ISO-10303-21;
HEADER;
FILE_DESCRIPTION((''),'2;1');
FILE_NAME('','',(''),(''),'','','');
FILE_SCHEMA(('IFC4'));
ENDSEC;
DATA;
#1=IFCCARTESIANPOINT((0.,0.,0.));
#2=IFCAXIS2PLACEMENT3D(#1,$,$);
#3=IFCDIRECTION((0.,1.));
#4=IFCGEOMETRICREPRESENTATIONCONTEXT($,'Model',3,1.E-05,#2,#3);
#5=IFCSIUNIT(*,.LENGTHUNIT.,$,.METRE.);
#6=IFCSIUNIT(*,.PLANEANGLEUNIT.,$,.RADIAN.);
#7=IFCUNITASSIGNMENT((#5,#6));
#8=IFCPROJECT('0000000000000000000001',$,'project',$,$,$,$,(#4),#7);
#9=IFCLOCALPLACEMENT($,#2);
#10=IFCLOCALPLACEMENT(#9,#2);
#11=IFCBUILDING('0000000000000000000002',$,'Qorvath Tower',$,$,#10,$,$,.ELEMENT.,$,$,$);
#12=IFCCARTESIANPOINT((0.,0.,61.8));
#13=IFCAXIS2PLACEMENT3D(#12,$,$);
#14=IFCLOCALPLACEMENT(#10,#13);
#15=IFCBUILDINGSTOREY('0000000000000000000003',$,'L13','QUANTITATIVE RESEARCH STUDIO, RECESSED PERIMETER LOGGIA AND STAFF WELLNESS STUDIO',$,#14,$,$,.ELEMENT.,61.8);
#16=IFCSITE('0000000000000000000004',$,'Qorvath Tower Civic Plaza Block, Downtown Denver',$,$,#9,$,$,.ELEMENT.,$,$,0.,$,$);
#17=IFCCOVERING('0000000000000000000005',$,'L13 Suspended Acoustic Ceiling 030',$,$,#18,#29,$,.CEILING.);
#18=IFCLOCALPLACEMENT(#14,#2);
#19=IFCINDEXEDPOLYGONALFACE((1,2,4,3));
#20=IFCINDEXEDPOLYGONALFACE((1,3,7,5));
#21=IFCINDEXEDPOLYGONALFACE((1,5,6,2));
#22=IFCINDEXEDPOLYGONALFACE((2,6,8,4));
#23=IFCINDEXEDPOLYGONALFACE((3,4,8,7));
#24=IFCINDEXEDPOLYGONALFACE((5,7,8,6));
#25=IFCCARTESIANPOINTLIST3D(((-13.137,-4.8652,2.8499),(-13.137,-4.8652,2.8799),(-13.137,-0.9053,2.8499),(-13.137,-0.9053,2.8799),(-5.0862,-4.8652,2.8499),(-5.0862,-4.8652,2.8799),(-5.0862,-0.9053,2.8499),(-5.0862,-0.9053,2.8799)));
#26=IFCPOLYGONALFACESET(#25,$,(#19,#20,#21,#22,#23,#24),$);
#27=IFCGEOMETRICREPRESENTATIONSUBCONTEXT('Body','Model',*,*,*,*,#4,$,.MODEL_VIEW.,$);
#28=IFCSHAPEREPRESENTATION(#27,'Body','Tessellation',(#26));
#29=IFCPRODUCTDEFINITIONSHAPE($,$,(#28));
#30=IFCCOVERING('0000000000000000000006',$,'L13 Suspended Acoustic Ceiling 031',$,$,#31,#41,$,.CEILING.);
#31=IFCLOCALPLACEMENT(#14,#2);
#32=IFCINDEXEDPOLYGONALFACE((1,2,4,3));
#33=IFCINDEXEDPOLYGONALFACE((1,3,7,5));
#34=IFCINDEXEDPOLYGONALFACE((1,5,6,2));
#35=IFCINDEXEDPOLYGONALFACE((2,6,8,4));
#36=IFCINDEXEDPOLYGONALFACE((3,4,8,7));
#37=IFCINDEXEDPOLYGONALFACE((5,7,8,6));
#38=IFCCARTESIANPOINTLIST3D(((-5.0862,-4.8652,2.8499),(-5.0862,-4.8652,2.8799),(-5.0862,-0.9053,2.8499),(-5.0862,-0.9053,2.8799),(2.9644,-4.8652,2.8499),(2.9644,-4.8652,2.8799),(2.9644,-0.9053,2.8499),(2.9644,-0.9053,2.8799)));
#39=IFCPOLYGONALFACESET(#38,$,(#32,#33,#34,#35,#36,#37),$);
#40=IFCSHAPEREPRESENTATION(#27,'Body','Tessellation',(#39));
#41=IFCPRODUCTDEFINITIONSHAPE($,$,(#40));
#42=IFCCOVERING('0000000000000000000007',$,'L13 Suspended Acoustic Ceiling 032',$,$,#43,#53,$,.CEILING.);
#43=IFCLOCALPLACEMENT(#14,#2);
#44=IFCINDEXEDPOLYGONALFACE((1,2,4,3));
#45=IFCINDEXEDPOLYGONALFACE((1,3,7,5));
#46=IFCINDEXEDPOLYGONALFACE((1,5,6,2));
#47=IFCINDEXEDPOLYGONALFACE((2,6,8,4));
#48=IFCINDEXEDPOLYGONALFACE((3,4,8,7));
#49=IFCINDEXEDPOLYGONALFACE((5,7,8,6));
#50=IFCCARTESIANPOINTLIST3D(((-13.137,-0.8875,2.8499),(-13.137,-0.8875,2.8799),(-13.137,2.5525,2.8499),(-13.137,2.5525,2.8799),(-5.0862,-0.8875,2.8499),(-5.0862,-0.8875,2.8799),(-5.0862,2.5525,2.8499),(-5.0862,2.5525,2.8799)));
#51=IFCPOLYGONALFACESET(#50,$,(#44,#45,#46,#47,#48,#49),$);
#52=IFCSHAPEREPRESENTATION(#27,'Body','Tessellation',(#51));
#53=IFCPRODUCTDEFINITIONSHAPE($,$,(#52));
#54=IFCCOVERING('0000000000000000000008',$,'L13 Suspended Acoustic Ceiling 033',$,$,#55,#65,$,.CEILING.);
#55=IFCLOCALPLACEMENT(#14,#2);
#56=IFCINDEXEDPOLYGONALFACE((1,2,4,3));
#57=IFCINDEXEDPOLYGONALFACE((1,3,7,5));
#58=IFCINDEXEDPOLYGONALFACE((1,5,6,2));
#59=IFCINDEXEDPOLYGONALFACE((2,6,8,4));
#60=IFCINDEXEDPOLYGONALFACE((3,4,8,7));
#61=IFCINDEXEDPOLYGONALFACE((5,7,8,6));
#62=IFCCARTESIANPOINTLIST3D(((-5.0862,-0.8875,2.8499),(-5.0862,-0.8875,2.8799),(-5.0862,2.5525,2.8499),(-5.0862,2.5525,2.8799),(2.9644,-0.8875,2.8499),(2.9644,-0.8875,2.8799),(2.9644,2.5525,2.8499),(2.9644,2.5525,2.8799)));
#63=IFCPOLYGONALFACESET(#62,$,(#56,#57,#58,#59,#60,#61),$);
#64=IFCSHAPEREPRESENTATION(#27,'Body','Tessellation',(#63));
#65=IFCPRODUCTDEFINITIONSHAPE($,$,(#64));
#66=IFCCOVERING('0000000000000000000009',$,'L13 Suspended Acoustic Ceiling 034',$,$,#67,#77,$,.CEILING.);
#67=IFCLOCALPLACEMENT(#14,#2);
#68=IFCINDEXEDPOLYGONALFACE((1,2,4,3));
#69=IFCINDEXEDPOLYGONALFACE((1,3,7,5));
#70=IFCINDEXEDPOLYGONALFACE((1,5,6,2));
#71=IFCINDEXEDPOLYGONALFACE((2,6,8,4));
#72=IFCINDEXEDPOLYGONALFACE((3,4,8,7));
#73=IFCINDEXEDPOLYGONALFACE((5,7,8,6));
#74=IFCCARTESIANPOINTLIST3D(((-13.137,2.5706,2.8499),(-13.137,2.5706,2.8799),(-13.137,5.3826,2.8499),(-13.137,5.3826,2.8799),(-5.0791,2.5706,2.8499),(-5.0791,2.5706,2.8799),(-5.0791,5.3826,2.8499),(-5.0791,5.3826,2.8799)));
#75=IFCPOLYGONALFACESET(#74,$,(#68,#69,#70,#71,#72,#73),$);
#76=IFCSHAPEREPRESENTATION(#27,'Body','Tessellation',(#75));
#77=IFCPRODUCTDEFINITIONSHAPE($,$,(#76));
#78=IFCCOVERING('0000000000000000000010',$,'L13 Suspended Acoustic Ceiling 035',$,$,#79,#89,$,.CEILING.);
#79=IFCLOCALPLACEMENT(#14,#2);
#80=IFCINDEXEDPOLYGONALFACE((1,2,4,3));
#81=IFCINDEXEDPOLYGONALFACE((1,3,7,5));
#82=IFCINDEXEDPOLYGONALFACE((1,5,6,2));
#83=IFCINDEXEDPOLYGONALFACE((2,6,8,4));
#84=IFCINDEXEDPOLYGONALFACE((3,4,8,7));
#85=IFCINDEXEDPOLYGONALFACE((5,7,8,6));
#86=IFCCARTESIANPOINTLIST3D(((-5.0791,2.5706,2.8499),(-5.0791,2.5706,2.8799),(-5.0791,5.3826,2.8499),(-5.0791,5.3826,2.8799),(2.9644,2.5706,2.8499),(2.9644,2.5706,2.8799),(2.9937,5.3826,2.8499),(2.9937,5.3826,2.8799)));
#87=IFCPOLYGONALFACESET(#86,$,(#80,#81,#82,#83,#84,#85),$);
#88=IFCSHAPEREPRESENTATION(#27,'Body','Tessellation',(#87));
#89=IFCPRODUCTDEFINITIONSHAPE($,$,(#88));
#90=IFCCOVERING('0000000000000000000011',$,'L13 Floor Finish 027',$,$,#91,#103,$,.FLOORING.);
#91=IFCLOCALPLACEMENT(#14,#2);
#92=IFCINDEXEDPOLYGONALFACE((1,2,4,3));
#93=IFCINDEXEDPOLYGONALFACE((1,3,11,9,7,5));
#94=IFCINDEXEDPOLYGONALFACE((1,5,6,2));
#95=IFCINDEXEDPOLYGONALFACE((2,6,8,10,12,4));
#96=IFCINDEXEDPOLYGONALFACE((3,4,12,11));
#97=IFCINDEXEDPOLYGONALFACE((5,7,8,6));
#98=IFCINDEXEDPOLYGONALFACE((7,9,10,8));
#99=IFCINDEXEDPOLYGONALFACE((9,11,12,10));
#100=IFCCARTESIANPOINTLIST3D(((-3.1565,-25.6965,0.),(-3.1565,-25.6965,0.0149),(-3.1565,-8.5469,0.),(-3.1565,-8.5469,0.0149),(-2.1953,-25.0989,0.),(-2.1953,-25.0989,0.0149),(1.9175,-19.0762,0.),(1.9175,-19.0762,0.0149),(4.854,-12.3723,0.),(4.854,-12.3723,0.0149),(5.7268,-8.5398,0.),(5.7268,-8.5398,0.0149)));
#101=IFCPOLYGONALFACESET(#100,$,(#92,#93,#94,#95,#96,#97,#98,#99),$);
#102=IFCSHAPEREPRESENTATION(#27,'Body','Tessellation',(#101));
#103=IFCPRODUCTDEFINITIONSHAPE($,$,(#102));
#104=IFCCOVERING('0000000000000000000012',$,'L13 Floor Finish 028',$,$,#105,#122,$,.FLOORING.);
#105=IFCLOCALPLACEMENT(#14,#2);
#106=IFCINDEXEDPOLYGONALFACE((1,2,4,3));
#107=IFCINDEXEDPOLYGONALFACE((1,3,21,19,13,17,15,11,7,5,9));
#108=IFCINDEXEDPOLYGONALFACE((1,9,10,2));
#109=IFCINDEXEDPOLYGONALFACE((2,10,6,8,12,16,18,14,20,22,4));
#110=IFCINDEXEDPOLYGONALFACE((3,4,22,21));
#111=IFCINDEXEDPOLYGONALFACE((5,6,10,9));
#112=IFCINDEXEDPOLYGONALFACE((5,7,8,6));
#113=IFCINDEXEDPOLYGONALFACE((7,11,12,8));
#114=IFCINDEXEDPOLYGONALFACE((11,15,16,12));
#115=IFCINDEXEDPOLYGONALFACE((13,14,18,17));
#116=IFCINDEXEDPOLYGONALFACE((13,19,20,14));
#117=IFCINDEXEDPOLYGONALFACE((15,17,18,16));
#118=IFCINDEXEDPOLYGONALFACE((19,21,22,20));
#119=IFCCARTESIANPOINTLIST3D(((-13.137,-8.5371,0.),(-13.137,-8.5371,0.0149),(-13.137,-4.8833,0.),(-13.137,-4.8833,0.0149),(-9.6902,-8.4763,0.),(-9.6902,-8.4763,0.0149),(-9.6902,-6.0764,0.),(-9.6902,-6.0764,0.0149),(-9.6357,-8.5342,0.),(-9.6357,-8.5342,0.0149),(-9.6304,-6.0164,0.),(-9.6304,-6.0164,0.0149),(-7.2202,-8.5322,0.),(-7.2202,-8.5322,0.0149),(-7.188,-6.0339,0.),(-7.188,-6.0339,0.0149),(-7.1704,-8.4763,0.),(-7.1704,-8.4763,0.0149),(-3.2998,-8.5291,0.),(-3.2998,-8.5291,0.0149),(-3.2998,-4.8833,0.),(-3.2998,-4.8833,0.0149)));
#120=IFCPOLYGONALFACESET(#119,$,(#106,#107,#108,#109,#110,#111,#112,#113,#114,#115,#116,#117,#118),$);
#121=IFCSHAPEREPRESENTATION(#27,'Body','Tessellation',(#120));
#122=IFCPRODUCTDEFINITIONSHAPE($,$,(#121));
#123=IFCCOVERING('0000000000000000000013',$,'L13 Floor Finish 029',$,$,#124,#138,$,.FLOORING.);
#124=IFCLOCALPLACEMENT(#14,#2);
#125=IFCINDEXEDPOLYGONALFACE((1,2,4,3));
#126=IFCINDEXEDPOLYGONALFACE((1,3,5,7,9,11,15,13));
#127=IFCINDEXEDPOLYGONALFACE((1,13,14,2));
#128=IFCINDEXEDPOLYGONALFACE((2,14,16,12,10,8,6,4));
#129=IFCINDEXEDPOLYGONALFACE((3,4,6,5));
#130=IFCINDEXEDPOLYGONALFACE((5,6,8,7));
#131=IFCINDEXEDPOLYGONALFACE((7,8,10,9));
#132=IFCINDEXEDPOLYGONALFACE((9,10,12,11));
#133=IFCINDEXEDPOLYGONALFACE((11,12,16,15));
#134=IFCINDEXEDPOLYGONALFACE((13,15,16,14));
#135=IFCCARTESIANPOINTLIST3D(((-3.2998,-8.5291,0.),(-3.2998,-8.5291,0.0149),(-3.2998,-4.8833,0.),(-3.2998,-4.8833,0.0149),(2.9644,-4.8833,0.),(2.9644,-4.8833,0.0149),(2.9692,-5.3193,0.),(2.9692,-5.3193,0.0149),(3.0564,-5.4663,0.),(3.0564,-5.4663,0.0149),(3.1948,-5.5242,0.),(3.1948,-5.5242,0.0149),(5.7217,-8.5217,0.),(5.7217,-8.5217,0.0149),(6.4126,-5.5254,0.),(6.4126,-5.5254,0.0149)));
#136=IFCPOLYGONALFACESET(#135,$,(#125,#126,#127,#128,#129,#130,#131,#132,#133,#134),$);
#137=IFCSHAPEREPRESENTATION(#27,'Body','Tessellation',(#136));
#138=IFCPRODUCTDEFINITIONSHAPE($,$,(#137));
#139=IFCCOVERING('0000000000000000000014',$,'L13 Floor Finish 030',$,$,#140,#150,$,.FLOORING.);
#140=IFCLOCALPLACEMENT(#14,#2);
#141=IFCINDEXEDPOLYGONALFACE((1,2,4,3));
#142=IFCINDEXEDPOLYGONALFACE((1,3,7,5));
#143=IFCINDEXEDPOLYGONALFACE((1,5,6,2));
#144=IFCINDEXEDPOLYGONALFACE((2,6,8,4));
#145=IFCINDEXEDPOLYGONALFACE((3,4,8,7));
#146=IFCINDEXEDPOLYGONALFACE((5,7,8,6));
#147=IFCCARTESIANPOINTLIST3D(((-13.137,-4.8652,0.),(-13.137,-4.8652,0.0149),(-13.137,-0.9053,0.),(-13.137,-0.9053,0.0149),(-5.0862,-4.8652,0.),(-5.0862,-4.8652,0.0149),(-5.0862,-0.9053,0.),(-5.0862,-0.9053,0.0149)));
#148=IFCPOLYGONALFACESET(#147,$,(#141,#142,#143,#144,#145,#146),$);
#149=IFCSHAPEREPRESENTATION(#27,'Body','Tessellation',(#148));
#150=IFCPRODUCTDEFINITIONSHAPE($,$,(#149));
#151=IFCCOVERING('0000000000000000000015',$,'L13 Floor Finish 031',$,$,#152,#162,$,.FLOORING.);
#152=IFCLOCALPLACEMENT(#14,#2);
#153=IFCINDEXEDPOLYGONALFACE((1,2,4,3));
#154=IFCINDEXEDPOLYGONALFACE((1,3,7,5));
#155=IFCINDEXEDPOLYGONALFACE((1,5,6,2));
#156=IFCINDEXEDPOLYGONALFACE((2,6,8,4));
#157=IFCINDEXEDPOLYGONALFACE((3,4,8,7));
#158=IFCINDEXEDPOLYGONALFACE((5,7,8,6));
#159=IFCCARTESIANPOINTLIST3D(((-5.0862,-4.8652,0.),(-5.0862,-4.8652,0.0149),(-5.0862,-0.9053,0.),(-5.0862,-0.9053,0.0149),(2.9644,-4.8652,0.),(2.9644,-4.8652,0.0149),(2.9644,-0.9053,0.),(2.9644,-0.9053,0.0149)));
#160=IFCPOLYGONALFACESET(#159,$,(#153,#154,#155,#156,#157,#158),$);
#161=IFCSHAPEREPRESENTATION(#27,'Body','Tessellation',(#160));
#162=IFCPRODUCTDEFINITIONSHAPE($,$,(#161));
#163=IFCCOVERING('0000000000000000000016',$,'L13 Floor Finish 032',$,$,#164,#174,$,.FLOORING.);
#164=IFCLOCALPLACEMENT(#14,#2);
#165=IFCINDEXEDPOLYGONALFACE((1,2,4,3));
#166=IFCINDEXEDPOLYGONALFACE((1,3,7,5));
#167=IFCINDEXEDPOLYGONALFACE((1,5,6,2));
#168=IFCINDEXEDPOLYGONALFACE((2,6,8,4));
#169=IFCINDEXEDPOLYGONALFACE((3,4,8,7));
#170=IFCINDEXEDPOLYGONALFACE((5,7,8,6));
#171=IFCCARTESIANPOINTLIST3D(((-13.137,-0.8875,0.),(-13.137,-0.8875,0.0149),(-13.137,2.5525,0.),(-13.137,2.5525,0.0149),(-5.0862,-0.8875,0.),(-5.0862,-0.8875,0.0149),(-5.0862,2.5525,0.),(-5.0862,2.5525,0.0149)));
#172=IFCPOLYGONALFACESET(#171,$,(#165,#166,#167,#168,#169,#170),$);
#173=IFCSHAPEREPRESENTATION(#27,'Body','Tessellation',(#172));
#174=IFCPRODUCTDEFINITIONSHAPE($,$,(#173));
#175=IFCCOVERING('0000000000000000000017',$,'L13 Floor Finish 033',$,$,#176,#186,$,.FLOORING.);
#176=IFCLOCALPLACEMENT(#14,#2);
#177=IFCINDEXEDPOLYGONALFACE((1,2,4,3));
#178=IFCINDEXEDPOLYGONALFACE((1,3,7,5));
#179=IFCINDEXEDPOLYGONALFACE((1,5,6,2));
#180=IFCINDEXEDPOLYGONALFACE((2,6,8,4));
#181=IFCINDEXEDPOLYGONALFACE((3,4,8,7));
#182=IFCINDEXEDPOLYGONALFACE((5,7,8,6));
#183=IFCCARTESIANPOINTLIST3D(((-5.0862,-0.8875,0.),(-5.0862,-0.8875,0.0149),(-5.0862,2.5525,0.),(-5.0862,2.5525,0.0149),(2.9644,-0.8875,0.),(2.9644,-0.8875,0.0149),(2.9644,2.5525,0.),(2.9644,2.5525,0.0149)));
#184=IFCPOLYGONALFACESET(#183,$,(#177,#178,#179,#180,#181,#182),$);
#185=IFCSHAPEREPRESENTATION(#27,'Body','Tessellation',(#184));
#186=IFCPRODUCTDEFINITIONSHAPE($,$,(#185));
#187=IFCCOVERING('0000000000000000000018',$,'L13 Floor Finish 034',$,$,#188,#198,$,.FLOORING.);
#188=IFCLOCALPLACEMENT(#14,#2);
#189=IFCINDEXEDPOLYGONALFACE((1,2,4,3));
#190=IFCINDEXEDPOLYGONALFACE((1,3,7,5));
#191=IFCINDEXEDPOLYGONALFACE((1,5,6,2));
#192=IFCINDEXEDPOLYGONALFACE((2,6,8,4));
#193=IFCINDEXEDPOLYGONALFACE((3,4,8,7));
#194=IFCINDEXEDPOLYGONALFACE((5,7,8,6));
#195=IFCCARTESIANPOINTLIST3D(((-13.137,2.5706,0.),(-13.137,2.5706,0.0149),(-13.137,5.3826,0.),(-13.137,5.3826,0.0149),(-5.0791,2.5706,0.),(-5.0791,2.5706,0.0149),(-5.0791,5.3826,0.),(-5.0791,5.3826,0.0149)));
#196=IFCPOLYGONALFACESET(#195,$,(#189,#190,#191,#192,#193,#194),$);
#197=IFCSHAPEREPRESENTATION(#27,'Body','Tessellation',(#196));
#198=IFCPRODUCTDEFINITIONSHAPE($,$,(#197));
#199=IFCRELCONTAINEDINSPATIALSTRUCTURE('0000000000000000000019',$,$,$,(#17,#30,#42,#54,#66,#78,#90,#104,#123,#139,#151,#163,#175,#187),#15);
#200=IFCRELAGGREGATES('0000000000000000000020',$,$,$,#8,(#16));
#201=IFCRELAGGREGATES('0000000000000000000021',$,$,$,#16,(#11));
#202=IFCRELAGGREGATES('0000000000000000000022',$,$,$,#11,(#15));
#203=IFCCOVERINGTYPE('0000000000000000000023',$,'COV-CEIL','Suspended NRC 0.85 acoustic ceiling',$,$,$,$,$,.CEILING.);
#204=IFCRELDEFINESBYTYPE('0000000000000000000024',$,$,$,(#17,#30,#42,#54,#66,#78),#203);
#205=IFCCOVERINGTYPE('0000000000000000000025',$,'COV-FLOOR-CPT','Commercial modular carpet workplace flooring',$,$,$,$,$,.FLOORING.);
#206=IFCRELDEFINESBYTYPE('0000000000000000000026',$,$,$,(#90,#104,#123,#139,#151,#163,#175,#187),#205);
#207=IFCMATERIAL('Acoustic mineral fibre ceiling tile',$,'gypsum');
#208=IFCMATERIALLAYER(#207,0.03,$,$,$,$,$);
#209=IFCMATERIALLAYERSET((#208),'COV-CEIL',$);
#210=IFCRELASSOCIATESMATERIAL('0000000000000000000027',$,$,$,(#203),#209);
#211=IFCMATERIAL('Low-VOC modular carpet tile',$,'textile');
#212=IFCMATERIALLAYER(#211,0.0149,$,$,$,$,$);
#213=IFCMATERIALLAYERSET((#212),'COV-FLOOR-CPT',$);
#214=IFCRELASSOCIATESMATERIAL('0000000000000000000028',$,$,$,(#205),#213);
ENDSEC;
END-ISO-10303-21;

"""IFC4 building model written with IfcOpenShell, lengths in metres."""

from ifc_helpers import new_model, si_unit, direction, frame, origin, place, context, subcontext, project, spatial, polyline, outline, extrude, material, layer, layer_set, type_object, element, save


model = new_model("IFC4")

# Units and contexts
model_context = context("Model", 3, precision=1e-05, world=origin(), true_north=direction((0.0, 1.0)))
body_context = subcontext(model_context, "Body", "Model", "MODEL_VIEW")
ifc_project = project(units=[si_unit("LENGTHUNIT", "METRE"), si_unit("PLANEANGLEUNIT", "RADIAN")], contexts=[model_context])

# Site, building, storey
site_placement = place(None, origin())
site = spatial("IfcSite", under=ifc_project, at=site_placement, Name="Qorvath Tower Civic Plaza Block, Downtown Denver", CompositionType="ELEMENT", RefElevation=0.0)
building_placement = place(site_placement, origin())
building = spatial("IfcBuilding", under=site, at=building_placement, Name="Qorvath Tower", CompositionType="ELEMENT")
storey_placement = place(building_placement, frame((0.0, 0.0, 61.8)))
storey = spatial("IfcBuildingStorey", under=building, at=storey_placement, Name="L13", Description="QUANTITATIVE RESEARCH STUDIO, RECESSED PERIMETER LOGGIA AND STAFF WELLNESS STUDIO", CompositionType="ELEMENT", Elevation=61.8)

# Coverings
ifc_material_1 = material(Name="Acoustic mineral fibre ceiling tile", Category="gypsum")
ifc_layer_1 = layer(ifc_material_1, 0.03)
ifc_layer_set_1 = layer_set([ifc_layer_1], Name="COV-CEIL")
covering_type_1 = type_object("IfcCoveringType", Name="COV-CEIL", Description="Suspended NRC 0.85 acoustic ceiling", PredefinedType="CEILING", material=ifc_layer_set_1)
covering_1_placement = place(storey_placement, frame((0.0, 0.0, 2.8499)))
element("IfcCovering", 1, at=covering_1_placement, inside=storey, type_object=covering_type_1, Name="L13 Suspended Acoustic Ceiling 030", PredefinedType="CEILING", context=body_context, shape_type="SweptSolid", body=[
    extrude(outline(polyline([(-13.137, -4.8652), (-5.0862, -4.8652), (-5.0862, -0.9053), (-13.137, -0.9053), (-13.137, -4.8652)])), origin(), (0.0, 0.0, 1.0), 0.03),
])
covering_2_placement = place(storey_placement, frame((0.0, 0.0, 2.8499)))
element("IfcCovering", 2, at=covering_2_placement, inside=storey, type_object=covering_type_1, Name="L13 Suspended Acoustic Ceiling 031", PredefinedType="CEILING", context=body_context, shape_type="SweptSolid", body=[
    extrude(outline(polyline([(-5.0862, -0.9053), (-5.0862, -4.8652), (2.9644, -4.8652), (2.9644, -0.9053), (-5.0862, -0.9053)])), origin(), (0.0, 0.0, 1.0), 0.03),
])
covering_3_placement = place(storey_placement, frame((0.0, 0.0, 2.8499)))
element("IfcCovering", 3, at=covering_3_placement, inside=storey, type_object=covering_type_1, Name="L13 Suspended Acoustic Ceiling 032", PredefinedType="CEILING", context=body_context, shape_type="SweptSolid", body=[
    extrude(outline(polyline([(-13.137, -0.8875), (-5.0862, -0.8875), (-5.0862, 2.5525), (-13.137, 2.5525), (-13.137, -0.8875)])), origin(), (0.0, 0.0, 1.0), 0.03),
])
covering_4_placement = place(storey_placement, frame((0.0, 0.0, 2.8499)))
element("IfcCovering", 4, at=covering_4_placement, inside=storey, type_object=covering_type_1, Name="L13 Suspended Acoustic Ceiling 033", PredefinedType="CEILING", context=body_context, shape_type="SweptSolid", body=[
    extrude(outline(polyline([(-5.0862, 2.5525), (-5.0862, -0.8875), (2.9644, -0.8875), (2.9644, 2.5525), (-5.0862, 2.5525)])), origin(), (0.0, 0.0, 1.0), 0.03),
])
covering_5_placement = place(storey_placement, frame((0.0, 0.0, 2.8499)))
element("IfcCovering", 5, at=covering_5_placement, inside=storey, type_object=covering_type_1, Name="L13 Suspended Acoustic Ceiling 034", PredefinedType="CEILING", context=body_context, shape_type="SweptSolid", body=[
    extrude(outline(polyline([(-13.137, 2.5706), (-5.0791, 2.5706), (-5.0791, 5.3826), (-13.137, 5.3826), (-13.137, 2.5706)])), origin(), (0.0, 0.0, 1.0), 0.03),
])
covering_6_placement = place(storey_placement, frame((0.0, 0.0, 2.8499)))
element("IfcCovering", 6, at=covering_6_placement, inside=storey, type_object=covering_type_1, Name="L13 Suspended Acoustic Ceiling 035", PredefinedType="CEILING", context=body_context, shape_type="SweptSolid", body=[
    extrude(outline(polyline([(-5.0791, 5.3826), (-5.0791, 2.5706), (2.9644, 2.5706), (2.9937, 5.3826), (-5.0791, 5.3826)])), origin(), (0.0, 0.0, 1.0), 0.03),
])
ifc_material_2 = material(Name="Low-VOC modular carpet tile", Category="textile")
ifc_layer_2 = layer(ifc_material_2, 0.0149)
ifc_layer_set_2 = layer_set([ifc_layer_2], Name="COV-FLOOR-CPT")
covering_type_2 = type_object("IfcCoveringType", Name="COV-FLOOR-CPT", Description="Commercial modular carpet workplace flooring", PredefinedType="FLOORING", material=ifc_layer_set_2)
covering_7_placement = place(storey_placement, origin())
element("IfcCovering", 7, at=covering_7_placement, inside=storey, type_object=covering_type_2, Name="L13 Floor Finish 027", PredefinedType="FLOORING", context=body_context, shape_type="SweptSolid", body=[
    extrude(outline(polyline([(-3.1565, -8.5469), (-3.1565, -25.6965), (-2.1953, -25.0989), (1.9175, -19.0762), (4.854, -12.3723), (5.7268, -8.5398), (-3.1565, -8.5469)])), origin(), (0.0, 0.0, 1.0), 0.0149),
])
covering_8_placement = place(storey_placement, origin())
element("IfcCovering", 8, at=covering_8_placement, inside=storey, type_object=covering_type_2, Name="L13 Floor Finish 028", PredefinedType="FLOORING", context=body_context, shape_type="SweptSolid", body=[
    extrude(outline(polyline([(-3.2998, -8.5291), (-3.2998, -4.8833), (-13.137, -4.8833), (-13.137, -8.5371), (-9.6357, -8.5342), (-9.6902, -8.4763), (-9.6902, -6.0764), (-9.6304, -6.0164), (-7.188, -6.0339), (-7.1704, -8.4763), (-7.2202, -8.5322), (-3.2998, -8.5291)])), origin(), (0.0, 0.0, 1.0), 0.0149),
])
covering_9_placement = place(storey_placement, origin())
element("IfcCovering", 9, at=covering_9_placement, inside=storey, type_object=covering_type_2, Name="L13 Floor Finish 029", PredefinedType="FLOORING", context=body_context, shape_type="SweptSolid", body=[
    extrude(outline(polyline([(3.0564, -5.4663), (2.9692, -5.3193), (2.9644, -4.8833), (-3.2998, -4.8833), (-3.2998, -8.5291), (5.7217, -8.5217), (6.4126, -5.5254), (3.1948, -5.5242), (3.0564, -5.4663)])), origin(), (0.0, 0.0, 1.0), 0.0149),
])
covering_10_placement = place(storey_placement, origin())
element("IfcCovering", 10, at=covering_10_placement, inside=storey, type_object=covering_type_2, Name="L13 Floor Finish 030", PredefinedType="FLOORING", context=body_context, shape_type="SweptSolid", body=[
    extrude(outline(polyline([(-13.137, -4.8652), (-5.0862, -4.8652), (-5.0862, -0.9053), (-13.137, -0.9053), (-13.137, -4.8652)])), origin(), (0.0, 0.0, 1.0), 0.0149),
])
covering_11_placement = place(storey_placement, origin())
element("IfcCovering", 11, at=covering_11_placement, inside=storey, type_object=covering_type_2, Name="L13 Floor Finish 031", PredefinedType="FLOORING", context=body_context, shape_type="SweptSolid", body=[
    extrude(outline(polyline([(-5.0862, -0.9053), (-5.0862, -4.8652), (2.9644, -4.8652), (2.9644, -0.9053), (-5.0862, -0.9053)])), origin(), (0.0, 0.0, 1.0), 0.0149),
])
covering_12_placement = place(storey_placement, origin())
element("IfcCovering", 12, at=covering_12_placement, inside=storey, type_object=covering_type_2, Name="L13 Floor Finish 032", PredefinedType="FLOORING", context=body_context, shape_type="SweptSolid", body=[
    extrude(outline(polyline([(-13.137, -0.8875), (-5.0862, -0.8875), (-5.0862, 2.5525), (-13.137, 2.5525), (-13.137, -0.8875)])), origin(), (0.0, 0.0, 1.0), 0.0149),
])
covering_13_placement = place(storey_placement, origin())
element("IfcCovering", 13, at=covering_13_placement, inside=storey, type_object=covering_type_2, Name="L13 Floor Finish 033", PredefinedType="FLOORING", context=body_context, shape_type="SweptSolid", body=[
    extrude(outline(polyline([(-5.0862, 2.5525), (-5.0862, -0.8875), (2.9644, -0.8875), (2.9644, 2.5525), (-5.0862, 2.5525)])), origin(), (0.0, 0.0, 1.0), 0.0149),
])
covering_14_placement = place(storey_placement, origin())
element("IfcCovering", 14, at=covering_14_placement, inside=storey, type_object=covering_type_2, Name="L13 Floor Finish 034", PredefinedType="FLOORING", context=body_context, shape_type="SweptSolid", body=[
    extrude(outline(polyline([(-13.137, 2.5706), (-5.0791, 2.5706), (-5.0791, 5.3826), (-13.137, 5.3826), (-13.137, 2.5706)])), origin(), (0.0, 0.0, 1.0), 0.0149),
])

save(model, "model.ifc")
